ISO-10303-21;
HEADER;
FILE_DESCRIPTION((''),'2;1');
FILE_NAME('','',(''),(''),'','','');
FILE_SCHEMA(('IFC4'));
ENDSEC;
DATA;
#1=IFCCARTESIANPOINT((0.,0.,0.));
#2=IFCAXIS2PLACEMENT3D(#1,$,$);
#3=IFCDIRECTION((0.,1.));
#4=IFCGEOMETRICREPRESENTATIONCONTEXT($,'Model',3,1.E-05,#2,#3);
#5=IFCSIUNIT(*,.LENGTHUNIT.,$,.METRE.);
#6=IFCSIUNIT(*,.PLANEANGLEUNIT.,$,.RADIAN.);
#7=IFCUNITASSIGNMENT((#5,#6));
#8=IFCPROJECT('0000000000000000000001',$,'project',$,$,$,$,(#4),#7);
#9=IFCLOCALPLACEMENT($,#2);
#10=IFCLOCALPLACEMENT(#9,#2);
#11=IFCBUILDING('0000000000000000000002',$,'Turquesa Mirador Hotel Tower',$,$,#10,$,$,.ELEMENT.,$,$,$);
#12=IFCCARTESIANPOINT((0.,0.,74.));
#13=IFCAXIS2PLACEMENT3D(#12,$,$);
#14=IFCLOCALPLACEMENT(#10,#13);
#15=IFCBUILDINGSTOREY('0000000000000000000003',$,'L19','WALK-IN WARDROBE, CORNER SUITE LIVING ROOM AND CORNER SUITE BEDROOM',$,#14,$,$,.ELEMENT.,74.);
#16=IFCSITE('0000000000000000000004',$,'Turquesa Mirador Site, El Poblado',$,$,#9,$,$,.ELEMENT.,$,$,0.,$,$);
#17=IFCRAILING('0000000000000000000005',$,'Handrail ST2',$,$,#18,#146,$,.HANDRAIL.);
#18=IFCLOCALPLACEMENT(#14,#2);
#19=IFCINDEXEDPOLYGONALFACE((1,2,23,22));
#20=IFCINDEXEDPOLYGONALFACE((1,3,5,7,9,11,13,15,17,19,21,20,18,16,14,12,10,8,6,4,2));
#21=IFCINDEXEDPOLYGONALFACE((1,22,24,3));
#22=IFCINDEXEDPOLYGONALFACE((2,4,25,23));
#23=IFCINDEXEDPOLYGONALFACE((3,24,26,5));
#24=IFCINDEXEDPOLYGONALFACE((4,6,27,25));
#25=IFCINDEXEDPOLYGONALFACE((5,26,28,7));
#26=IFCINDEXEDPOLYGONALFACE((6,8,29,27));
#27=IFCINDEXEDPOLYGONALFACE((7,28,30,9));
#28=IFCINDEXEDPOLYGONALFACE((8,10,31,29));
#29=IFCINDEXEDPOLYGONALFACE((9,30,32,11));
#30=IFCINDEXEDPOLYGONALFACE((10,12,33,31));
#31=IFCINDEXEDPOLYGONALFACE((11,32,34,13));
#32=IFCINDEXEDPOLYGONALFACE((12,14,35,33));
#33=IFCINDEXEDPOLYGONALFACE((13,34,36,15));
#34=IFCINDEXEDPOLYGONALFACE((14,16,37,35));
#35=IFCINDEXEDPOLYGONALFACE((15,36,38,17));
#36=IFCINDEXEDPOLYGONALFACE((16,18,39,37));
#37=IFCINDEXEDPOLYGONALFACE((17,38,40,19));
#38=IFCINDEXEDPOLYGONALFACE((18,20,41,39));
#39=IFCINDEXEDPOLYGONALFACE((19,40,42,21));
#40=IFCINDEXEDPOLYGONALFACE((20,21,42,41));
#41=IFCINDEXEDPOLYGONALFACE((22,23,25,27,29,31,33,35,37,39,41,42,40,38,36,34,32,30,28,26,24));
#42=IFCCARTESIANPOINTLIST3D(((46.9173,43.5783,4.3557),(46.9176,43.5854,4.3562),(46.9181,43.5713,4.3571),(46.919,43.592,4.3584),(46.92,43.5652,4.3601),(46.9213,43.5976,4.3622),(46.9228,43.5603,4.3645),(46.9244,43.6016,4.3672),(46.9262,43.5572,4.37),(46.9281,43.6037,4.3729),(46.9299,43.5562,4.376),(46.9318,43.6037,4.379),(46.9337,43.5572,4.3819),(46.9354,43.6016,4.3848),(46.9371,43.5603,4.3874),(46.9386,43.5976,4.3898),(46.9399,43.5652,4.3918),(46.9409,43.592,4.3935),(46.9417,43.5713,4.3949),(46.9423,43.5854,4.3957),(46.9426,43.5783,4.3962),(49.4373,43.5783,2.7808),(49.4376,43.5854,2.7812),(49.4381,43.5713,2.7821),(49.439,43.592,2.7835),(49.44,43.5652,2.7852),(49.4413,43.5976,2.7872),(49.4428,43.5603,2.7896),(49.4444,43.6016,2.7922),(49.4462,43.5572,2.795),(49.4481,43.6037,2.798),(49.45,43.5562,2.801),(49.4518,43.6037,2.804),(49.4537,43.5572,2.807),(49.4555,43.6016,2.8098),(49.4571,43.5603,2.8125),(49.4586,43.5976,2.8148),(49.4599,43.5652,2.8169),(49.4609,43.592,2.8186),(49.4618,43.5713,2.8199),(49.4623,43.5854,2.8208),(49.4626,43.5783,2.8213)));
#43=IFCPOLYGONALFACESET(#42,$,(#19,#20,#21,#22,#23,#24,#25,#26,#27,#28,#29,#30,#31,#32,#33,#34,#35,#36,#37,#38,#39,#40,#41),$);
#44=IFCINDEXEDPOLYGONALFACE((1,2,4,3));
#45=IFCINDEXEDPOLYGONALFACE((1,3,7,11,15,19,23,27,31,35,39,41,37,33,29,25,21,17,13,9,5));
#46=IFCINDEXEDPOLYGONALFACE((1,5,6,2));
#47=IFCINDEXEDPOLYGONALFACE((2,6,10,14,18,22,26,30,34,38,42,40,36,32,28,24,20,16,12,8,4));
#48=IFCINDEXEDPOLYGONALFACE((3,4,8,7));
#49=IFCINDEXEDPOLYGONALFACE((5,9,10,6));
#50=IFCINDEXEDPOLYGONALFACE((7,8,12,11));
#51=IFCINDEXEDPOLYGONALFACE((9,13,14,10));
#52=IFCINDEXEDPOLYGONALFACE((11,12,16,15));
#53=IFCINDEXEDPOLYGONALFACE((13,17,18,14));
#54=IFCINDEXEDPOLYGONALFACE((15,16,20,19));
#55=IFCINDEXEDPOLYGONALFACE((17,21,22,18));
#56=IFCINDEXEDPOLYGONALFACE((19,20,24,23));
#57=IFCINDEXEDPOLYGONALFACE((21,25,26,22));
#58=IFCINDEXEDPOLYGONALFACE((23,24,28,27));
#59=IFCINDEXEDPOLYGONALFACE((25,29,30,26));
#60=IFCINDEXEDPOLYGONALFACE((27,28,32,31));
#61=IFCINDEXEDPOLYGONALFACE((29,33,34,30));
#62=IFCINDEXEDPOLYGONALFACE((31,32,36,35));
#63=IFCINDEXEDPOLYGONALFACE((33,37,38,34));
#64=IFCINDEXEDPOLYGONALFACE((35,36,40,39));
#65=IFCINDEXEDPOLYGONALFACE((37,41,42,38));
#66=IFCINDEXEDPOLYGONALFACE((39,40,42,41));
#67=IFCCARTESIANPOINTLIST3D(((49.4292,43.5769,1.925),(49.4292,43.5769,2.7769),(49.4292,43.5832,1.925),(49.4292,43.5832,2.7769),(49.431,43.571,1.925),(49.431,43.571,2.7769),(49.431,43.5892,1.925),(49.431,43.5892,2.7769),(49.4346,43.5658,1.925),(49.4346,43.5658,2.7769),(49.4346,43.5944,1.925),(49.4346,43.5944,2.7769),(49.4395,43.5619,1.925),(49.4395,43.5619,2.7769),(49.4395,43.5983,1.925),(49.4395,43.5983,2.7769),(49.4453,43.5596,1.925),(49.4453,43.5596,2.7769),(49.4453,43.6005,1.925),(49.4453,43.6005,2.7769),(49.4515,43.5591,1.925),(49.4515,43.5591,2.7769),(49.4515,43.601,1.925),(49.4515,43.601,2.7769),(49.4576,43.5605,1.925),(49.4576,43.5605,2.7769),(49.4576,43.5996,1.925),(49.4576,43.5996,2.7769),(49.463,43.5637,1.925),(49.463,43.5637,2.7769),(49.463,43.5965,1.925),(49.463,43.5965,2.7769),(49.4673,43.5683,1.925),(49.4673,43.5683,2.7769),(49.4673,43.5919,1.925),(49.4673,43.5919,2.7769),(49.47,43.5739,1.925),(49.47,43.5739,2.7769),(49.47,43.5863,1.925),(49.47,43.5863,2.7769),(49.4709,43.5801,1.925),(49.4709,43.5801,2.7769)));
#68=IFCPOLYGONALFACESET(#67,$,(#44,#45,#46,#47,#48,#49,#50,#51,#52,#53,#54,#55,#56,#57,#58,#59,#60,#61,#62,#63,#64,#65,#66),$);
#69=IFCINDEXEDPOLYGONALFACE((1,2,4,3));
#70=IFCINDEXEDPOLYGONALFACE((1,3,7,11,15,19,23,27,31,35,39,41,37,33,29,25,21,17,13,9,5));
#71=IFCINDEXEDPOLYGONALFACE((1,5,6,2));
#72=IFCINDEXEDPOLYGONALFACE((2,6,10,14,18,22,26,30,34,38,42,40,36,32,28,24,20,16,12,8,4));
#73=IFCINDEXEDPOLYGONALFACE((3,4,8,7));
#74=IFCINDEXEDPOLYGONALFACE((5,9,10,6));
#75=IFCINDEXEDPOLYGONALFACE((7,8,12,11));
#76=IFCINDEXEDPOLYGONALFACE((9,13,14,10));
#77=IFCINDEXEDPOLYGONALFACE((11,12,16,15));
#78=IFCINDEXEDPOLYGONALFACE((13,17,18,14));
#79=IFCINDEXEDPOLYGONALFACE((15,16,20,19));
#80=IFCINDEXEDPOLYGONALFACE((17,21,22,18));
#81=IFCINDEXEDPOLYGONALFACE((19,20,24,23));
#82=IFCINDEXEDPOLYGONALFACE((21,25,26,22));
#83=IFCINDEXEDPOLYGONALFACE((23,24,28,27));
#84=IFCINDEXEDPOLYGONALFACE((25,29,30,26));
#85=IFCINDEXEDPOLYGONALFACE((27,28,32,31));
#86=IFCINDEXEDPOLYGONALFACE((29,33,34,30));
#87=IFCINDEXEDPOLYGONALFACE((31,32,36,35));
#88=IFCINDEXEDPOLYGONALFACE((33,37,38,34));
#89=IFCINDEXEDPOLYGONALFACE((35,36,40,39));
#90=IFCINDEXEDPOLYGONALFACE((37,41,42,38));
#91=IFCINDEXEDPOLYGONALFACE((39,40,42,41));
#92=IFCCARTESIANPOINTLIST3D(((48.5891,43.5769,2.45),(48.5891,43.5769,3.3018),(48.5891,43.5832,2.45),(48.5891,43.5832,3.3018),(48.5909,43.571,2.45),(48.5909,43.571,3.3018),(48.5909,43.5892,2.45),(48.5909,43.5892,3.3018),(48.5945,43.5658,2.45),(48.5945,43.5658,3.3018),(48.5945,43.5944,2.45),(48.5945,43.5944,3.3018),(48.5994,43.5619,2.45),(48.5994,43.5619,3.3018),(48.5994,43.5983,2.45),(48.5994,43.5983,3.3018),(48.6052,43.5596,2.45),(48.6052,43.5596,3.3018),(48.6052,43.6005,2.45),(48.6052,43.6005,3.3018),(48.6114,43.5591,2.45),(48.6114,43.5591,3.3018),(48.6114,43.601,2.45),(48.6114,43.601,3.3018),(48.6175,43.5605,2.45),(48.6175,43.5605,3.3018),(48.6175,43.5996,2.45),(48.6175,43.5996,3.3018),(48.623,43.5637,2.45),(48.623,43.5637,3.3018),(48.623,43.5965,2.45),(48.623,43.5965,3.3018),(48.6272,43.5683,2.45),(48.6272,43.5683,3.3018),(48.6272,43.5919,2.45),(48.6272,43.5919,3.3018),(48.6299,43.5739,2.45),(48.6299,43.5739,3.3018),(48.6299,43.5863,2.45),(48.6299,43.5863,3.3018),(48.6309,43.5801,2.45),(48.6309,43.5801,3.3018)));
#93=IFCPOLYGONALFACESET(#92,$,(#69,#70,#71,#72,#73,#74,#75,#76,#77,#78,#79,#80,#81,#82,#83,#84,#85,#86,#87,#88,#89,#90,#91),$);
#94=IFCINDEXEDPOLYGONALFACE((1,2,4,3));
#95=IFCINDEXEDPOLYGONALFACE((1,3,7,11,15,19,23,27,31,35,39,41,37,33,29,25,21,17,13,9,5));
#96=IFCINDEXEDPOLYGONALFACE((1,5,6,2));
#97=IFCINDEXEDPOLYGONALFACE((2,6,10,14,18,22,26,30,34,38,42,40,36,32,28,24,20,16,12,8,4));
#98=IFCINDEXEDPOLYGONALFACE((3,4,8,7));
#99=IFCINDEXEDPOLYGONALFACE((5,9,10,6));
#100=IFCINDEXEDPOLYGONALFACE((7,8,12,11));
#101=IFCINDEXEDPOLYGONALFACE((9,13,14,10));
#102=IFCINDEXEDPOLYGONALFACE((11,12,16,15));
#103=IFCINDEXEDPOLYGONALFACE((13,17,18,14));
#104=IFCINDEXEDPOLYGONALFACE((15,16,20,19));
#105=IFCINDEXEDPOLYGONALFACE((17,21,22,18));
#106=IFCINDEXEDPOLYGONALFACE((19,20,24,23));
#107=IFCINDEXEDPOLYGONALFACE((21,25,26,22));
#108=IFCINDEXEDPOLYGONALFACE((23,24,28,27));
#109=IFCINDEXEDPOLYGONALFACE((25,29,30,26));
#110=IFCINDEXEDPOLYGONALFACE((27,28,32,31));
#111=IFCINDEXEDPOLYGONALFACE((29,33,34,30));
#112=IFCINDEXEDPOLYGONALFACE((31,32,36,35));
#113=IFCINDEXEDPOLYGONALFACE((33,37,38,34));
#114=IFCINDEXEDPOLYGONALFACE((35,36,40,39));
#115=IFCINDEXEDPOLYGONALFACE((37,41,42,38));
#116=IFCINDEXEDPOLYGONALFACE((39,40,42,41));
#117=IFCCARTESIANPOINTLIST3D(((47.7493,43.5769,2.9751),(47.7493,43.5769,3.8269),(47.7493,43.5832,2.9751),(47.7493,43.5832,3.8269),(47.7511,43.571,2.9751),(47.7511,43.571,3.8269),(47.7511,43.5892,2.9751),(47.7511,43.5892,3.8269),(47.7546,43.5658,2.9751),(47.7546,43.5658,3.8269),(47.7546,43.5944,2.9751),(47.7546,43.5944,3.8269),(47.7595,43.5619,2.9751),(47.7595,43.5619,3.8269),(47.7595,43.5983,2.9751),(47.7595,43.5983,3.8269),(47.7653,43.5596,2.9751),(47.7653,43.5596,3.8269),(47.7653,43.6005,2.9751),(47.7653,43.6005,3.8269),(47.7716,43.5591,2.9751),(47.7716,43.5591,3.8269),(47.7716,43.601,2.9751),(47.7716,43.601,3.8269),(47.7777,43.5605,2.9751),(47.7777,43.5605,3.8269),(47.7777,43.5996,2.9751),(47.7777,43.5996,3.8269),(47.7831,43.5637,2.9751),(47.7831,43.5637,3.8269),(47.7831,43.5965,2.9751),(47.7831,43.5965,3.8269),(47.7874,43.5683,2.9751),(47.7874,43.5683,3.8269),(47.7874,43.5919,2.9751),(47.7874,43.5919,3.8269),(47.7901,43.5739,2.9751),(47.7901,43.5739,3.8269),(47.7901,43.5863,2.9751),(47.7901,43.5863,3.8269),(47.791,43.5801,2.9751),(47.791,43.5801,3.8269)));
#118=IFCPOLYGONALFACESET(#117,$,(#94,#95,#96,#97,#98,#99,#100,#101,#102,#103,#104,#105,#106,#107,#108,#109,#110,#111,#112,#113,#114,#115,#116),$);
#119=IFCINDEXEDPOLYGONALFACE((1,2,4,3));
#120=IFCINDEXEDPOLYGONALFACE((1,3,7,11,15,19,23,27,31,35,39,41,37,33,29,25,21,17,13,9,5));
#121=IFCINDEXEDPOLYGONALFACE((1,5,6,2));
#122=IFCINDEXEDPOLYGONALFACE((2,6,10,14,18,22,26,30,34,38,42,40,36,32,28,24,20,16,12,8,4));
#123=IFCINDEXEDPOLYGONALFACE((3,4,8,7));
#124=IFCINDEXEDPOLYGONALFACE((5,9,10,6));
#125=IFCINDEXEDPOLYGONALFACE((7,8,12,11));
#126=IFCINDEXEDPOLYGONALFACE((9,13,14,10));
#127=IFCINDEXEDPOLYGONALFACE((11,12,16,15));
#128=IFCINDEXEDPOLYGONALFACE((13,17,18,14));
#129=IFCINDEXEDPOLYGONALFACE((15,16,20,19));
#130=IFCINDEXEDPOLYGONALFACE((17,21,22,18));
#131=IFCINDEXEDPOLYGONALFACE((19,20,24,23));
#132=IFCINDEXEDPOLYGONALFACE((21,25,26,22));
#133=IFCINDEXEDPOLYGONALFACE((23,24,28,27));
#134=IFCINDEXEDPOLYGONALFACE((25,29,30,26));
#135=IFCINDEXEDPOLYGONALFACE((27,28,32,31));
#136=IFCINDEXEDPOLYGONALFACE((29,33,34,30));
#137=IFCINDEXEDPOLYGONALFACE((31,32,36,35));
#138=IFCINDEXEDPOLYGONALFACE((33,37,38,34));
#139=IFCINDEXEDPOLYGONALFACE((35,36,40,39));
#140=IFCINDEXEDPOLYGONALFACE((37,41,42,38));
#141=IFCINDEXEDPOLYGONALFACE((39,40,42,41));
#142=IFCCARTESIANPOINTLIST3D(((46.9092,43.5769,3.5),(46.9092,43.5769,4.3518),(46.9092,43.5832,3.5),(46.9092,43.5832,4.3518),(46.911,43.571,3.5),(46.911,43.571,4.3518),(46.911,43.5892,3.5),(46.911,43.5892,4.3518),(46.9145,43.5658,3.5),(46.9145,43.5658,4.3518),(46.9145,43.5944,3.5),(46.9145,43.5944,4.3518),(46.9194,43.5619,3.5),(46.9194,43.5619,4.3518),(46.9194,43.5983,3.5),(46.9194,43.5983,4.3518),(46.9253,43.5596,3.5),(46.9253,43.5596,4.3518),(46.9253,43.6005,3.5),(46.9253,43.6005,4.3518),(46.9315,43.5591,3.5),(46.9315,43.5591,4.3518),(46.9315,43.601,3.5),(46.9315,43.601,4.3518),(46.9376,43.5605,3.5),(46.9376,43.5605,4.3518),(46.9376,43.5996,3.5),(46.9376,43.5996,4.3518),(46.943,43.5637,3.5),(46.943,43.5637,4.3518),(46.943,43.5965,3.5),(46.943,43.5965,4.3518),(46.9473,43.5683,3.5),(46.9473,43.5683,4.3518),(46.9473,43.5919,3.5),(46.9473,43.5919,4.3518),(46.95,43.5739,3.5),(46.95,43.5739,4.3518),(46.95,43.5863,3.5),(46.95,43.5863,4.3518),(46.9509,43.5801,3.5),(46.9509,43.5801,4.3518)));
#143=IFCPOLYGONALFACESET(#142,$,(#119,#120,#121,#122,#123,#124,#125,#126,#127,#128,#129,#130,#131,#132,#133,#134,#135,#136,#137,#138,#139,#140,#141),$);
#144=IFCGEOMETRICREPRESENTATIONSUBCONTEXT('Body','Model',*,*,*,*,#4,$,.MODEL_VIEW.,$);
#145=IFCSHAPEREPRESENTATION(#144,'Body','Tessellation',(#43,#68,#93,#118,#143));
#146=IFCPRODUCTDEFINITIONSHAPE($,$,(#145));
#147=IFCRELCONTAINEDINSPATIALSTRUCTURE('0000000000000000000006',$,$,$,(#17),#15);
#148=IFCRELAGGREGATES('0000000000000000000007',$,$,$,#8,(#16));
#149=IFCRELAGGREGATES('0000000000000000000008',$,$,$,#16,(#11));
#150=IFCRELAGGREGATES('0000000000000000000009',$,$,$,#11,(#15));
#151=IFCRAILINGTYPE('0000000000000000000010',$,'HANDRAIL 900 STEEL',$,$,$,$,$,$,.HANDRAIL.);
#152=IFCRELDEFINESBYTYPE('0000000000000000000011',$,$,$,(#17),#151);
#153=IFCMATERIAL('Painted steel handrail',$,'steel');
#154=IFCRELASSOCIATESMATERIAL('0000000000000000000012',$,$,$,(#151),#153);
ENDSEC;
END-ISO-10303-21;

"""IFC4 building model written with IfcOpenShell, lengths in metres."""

from ifc_helpers import new_model, si_unit, direction, frame, origin, origin_2d, place, context, subcontext, project, spatial, circle, extrude, material, type_object, element, save


model = new_model("IFC4")

# Units and contexts
model_context = context("Model", 3, precision=1e-05, world=origin(), true_north=direction((0.0, 1.0)))
body_context = subcontext(model_context, "Body", "Model", "MODEL_VIEW")
ifc_project = project(units=[si_unit("LENGTHUNIT", "METRE"), si_unit("PLANEANGLEUNIT", "RADIAN")], contexts=[model_context])

# Site, building, storey
site_placement = place(None, origin())
site = spatial("IfcSite", under=ifc_project, at=site_placement, Name="Turquesa Mirador Site, El Poblado", CompositionType="ELEMENT", RefElevation=0.0)
building_placement = place(site_placement, origin())
building = spatial("IfcBuilding", under=site, at=building_placement, Name="Turquesa Mirador Hotel Tower", CompositionType="ELEMENT")
storey_placement = place(building_placement, frame((0.0, 0.0, 74.0)))
storey = spatial("IfcBuildingStorey", under=building, at=storey_placement, Name="L19", Description="WALK-IN WARDROBE, CORNER SUITE LIVING ROOM AND CORNER SUITE BEDROOM", CompositionType="ELEMENT", Elevation=74.0)

# Railing
ifc_material_1 = material(Name="Painted steel handrail", Category="steel")
railing_type = type_object("IfcRailingType", Name="HANDRAIL 900 STEEL", PredefinedType="HANDRAIL", material=ifc_material_1)
railing_1_placement = place(storey_placement, frame((49.45, 43.5801, 1.925)))
element("IfcRailing", 1, at=railing_1_placement, inside=storey, type_object=railing_type, Name="Handrail ST2", PredefinedType="HANDRAIL", context=body_context, shape_type="SweptSolid", body=[
    extrude(circle(Radius=0.0239, at=origin_2d()), frame((0.0, 0.0, 0.876), z_axis=(-0.848008, 0.0, 0.529984), x_axis=(0.0, -1.0, 0.0)), (0.0, 0.0, 1.0), 2.9717),
    extrude(circle(Radius=0.021, at=origin_2d()), origin(), (0.0, 0.0, 1.0), 0.8518),
    extrude(circle(Radius=0.021, at=origin_2d()), frame((-0.8401, 0.0, 0.5249)), (0.0, 0.0, 1.0), 0.8518),
    extrude(circle(Radius=0.021, at=origin_2d()), frame((-1.6799, 0.0, 1.05)), (0.0, 0.0, 1.0), 0.8518),
    extrude(circle(Radius=0.021, at=origin_2d()), frame((-2.52, 0.0, 1.575)), (0.0, 0.0, 1.0), 0.8518),
])

save(model, "model.ifc")
